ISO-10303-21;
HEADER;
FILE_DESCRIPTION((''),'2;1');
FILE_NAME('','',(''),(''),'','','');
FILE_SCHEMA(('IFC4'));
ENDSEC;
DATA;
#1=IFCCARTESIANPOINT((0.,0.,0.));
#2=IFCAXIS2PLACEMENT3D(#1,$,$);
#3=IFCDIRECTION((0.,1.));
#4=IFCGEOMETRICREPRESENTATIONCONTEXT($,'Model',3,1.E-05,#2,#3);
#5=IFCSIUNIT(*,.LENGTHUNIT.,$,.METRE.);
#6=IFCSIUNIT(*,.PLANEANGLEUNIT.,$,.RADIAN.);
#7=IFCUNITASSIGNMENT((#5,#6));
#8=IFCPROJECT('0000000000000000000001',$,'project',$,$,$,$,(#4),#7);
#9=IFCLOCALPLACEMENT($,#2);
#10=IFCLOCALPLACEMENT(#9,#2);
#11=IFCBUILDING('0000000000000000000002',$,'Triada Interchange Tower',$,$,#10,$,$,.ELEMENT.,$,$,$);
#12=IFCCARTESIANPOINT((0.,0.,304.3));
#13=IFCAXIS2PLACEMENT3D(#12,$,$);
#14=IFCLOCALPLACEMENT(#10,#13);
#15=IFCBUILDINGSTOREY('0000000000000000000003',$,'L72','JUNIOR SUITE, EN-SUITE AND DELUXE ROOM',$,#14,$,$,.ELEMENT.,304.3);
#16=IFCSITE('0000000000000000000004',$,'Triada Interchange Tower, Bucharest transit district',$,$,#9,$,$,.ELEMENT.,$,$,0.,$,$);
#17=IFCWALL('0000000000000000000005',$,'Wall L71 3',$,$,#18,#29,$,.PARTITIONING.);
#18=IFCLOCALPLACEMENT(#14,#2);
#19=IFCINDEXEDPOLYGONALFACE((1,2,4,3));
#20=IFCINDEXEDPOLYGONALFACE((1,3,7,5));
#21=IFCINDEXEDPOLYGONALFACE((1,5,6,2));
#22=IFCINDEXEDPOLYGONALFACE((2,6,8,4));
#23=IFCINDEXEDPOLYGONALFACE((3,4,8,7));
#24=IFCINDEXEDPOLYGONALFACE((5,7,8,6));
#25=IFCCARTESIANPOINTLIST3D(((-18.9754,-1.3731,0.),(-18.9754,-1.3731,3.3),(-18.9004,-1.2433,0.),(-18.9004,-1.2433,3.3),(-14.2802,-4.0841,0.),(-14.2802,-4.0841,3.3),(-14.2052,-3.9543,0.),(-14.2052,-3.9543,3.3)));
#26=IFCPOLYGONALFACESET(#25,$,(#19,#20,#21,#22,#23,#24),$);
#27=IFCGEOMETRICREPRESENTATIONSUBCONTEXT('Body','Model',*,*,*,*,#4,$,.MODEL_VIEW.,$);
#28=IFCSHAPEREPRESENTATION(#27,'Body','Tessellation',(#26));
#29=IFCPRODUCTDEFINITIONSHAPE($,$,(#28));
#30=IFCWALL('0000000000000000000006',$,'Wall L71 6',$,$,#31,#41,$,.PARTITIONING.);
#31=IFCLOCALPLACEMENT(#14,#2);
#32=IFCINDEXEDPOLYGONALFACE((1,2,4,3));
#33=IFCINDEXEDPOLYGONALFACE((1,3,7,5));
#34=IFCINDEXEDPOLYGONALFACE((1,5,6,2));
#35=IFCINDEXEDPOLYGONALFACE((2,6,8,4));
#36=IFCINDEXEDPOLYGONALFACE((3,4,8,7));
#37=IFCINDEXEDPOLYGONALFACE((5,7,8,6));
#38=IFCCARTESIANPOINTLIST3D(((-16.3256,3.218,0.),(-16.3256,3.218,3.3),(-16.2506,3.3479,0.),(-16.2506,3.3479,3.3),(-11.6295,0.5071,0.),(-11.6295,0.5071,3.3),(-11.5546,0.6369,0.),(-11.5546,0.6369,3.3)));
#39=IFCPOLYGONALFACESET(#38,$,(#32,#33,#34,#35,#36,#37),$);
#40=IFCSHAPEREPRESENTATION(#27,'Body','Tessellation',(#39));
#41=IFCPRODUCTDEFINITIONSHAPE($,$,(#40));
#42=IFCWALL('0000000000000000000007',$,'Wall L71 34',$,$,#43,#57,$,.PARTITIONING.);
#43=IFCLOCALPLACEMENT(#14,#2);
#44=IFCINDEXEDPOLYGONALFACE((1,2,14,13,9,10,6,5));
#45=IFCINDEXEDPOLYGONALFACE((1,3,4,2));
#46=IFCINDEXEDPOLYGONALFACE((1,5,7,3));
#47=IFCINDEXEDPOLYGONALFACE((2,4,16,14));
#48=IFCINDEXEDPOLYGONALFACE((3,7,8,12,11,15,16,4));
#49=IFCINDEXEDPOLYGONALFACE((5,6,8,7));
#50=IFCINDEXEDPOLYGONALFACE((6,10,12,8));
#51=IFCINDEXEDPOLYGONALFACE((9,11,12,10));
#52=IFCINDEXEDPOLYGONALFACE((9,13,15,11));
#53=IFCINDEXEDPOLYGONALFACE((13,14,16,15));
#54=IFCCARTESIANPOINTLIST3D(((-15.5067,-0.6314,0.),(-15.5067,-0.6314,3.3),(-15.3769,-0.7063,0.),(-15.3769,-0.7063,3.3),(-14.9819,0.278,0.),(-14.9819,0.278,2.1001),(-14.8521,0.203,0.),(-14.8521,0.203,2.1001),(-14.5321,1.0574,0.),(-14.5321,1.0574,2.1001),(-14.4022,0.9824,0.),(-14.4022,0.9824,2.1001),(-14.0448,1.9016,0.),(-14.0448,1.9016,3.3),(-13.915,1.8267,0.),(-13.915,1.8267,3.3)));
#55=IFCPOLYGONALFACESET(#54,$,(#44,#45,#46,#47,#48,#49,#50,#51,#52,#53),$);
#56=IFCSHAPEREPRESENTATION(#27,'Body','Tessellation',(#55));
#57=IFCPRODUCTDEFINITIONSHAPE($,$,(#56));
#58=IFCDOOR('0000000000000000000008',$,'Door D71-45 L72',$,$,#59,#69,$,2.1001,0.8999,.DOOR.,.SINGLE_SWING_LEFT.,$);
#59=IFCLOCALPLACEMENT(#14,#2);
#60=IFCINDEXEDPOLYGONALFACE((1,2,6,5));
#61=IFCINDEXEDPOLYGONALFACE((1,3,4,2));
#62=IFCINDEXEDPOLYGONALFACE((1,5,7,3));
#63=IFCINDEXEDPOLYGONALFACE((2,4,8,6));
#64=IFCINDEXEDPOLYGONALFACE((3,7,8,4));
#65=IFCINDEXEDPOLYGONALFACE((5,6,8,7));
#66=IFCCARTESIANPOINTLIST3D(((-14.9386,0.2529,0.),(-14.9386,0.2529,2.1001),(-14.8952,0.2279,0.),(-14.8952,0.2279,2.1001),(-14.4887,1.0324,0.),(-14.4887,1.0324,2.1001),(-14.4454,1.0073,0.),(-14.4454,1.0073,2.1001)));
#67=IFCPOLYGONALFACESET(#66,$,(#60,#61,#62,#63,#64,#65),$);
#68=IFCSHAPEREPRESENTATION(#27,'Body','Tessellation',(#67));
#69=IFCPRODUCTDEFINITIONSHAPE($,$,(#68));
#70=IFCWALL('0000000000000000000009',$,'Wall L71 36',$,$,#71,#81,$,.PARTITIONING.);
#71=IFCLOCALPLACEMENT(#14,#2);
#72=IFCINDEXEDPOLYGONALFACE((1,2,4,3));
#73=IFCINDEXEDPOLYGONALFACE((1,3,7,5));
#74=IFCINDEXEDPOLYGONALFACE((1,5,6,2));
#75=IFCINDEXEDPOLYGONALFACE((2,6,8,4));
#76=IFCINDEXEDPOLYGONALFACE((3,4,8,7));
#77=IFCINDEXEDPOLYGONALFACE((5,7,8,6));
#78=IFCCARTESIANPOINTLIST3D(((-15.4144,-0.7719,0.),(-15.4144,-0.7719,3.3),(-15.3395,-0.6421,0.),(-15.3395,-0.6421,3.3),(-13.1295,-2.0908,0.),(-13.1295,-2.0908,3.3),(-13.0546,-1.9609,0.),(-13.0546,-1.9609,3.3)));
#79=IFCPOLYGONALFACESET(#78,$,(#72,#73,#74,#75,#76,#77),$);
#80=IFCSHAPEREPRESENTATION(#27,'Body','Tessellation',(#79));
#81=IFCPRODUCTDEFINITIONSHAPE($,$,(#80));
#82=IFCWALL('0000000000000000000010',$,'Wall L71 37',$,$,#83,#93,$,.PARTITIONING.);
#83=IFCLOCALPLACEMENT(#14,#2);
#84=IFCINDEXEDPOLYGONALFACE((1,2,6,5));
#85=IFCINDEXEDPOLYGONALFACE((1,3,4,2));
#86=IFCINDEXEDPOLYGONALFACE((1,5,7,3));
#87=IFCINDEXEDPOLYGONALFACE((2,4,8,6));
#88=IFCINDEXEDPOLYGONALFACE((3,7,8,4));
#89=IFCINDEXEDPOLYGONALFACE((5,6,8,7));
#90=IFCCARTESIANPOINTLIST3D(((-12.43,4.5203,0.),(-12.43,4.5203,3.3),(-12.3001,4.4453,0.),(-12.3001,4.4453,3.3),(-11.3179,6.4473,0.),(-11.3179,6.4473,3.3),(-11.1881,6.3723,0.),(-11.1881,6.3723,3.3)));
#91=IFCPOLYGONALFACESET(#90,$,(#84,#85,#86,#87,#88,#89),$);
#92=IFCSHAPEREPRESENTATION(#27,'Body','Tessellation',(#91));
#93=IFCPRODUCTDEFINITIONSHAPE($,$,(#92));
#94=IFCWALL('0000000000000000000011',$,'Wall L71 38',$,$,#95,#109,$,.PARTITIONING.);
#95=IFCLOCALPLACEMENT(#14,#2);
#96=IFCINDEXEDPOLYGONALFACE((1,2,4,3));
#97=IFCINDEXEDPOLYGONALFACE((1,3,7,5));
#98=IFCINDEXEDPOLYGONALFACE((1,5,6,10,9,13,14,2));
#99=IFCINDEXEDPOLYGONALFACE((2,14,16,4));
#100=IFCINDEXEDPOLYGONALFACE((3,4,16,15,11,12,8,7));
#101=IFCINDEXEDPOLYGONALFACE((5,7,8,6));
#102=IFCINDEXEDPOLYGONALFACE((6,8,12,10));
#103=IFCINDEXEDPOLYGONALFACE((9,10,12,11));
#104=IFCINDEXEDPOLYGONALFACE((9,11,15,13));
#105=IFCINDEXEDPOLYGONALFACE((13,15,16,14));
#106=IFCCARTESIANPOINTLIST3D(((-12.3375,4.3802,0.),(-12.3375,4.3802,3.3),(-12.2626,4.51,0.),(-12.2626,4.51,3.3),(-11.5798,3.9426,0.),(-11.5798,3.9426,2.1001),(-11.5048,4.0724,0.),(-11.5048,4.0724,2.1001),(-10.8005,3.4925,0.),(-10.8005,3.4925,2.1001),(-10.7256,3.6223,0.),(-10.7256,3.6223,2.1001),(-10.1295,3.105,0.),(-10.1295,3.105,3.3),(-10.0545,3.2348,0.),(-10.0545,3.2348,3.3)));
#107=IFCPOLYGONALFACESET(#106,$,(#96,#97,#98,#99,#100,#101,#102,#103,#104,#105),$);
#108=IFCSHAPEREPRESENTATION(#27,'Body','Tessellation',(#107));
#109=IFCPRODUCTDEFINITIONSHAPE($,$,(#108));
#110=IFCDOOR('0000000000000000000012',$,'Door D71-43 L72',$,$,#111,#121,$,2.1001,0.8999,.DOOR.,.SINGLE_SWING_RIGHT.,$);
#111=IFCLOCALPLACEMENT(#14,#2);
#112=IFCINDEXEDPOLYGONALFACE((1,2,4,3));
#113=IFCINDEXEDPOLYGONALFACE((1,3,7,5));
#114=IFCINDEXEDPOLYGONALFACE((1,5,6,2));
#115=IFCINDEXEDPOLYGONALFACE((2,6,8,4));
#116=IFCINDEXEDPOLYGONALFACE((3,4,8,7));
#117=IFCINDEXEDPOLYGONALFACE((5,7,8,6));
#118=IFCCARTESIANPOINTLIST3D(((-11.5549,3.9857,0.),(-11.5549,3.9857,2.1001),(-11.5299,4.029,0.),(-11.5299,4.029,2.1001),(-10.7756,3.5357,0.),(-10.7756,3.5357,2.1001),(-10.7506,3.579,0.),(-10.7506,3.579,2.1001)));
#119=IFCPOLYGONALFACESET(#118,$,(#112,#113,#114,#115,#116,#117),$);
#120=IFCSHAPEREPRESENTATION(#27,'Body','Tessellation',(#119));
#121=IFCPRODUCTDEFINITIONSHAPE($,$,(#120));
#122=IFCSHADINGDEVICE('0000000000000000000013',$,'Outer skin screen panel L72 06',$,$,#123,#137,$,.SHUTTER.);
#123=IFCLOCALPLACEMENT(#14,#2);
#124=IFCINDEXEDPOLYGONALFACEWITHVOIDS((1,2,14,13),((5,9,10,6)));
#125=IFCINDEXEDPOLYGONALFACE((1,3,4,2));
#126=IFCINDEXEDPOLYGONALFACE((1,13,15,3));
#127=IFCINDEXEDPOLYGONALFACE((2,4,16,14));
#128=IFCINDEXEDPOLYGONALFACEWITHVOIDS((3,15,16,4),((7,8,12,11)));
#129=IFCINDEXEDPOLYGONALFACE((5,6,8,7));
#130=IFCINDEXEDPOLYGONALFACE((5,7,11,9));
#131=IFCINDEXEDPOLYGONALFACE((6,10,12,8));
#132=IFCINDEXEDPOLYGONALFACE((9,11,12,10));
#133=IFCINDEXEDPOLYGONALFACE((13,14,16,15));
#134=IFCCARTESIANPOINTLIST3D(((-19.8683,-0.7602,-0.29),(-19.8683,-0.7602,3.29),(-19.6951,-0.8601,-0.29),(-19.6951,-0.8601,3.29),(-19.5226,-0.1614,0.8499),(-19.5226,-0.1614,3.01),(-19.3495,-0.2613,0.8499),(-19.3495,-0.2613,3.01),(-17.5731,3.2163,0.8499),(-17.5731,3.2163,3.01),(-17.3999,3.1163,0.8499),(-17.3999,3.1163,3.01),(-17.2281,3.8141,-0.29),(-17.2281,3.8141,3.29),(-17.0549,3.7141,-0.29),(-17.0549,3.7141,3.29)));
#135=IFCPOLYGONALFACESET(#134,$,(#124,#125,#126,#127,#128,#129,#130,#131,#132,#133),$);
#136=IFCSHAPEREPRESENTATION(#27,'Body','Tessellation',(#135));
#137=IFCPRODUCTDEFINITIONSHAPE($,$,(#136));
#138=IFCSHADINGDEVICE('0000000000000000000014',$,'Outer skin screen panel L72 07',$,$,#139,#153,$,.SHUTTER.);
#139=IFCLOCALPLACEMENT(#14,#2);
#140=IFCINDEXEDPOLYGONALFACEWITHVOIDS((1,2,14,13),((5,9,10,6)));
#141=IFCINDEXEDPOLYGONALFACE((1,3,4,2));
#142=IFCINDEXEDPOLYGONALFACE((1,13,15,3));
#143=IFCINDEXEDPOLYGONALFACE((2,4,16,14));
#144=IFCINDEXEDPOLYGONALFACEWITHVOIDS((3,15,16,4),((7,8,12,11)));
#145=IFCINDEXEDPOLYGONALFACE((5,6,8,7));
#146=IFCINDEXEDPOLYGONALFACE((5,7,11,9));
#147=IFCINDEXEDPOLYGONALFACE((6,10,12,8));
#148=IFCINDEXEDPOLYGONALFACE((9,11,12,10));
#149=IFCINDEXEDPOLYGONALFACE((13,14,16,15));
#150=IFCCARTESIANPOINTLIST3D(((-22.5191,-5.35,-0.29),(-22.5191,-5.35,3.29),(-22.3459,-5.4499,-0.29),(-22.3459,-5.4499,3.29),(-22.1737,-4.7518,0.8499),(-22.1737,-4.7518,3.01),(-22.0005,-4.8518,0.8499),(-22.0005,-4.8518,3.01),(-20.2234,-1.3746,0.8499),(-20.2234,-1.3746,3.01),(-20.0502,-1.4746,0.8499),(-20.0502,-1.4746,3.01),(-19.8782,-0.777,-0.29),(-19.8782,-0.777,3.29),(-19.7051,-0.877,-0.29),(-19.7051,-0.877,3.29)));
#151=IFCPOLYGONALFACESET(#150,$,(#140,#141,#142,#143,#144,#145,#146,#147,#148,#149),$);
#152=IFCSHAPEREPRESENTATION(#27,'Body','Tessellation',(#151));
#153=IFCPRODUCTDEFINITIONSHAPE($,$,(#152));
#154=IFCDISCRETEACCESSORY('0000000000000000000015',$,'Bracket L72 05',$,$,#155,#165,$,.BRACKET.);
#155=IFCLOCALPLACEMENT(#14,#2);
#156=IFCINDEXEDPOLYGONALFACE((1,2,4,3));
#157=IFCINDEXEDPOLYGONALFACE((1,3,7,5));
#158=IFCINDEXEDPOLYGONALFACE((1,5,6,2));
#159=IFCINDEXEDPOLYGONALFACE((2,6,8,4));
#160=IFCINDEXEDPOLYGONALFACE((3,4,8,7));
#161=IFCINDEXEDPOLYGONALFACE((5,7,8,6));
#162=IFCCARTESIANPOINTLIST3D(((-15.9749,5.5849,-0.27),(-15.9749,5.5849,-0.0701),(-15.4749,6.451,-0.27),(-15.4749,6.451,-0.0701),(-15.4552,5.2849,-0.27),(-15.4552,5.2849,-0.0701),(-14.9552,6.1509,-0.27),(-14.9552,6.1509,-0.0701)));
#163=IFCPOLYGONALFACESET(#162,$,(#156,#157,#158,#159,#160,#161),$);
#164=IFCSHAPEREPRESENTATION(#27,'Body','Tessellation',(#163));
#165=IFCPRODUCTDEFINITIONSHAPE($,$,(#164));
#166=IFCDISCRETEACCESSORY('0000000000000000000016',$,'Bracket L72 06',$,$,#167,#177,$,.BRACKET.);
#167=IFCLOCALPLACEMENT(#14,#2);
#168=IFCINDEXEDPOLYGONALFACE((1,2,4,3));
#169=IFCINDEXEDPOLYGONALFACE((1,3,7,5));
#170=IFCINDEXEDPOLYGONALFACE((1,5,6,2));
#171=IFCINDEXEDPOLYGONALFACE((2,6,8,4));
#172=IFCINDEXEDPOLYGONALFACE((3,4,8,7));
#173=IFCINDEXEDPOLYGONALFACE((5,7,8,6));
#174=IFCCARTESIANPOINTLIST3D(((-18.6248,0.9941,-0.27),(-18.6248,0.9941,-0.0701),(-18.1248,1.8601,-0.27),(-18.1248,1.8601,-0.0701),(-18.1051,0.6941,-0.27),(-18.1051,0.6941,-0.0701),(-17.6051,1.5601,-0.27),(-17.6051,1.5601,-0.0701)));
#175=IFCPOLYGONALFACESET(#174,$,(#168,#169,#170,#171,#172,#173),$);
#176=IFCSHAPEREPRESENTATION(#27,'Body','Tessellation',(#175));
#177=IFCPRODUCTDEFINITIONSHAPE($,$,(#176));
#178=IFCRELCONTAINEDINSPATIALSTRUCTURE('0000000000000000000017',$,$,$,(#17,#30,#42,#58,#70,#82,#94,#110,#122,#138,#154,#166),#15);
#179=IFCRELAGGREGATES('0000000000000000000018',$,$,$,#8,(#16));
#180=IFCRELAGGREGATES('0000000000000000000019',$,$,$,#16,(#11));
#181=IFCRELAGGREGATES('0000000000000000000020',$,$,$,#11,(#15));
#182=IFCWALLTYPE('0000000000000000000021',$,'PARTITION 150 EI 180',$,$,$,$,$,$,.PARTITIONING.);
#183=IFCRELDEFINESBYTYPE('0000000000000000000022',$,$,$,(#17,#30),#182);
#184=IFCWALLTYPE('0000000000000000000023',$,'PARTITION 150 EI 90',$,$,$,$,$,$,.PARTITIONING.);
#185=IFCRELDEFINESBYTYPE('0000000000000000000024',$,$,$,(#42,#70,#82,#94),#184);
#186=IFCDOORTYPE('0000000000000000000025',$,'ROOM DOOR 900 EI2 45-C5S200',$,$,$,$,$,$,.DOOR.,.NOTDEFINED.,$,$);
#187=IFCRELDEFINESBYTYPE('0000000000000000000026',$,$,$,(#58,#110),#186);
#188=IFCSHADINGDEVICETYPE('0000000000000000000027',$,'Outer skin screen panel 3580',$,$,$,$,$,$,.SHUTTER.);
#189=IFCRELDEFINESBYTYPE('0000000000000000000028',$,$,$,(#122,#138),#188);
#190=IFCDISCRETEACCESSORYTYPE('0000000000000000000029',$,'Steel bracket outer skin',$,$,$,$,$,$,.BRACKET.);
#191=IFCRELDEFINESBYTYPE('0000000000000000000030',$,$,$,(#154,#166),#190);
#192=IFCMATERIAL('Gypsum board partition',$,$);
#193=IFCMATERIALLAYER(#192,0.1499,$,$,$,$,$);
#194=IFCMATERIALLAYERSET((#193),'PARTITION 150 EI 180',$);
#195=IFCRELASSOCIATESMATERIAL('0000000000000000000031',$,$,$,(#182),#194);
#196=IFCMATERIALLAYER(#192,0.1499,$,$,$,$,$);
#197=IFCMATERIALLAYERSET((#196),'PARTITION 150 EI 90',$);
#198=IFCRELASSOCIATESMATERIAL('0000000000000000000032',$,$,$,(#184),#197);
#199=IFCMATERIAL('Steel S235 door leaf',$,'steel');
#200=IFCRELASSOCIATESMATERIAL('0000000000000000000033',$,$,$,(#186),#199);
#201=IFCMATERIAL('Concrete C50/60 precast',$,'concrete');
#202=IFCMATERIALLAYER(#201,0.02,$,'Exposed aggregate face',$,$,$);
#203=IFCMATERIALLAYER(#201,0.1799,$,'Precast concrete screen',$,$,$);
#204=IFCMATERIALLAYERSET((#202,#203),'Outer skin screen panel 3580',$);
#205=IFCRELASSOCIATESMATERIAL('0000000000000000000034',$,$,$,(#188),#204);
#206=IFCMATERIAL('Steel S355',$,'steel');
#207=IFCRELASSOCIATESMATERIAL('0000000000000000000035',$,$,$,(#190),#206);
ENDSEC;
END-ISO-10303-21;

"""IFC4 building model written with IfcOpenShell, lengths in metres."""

from ifc_helpers import new_model, si_unit, direction, frame, frame_2d, origin, origin_2d, place, context, subcontext, project, spatial, polyline, rectangle, outline, extrude, material, layer, layer_set, type_object, element, fill, save


model = new_model("IFC4")

# Units and contexts
model_context = context("Model", 3, precision=1e-05, world=origin(), true_north=direction((0.0, 1.0)))
body_context = subcontext(model_context, "Body", "Model", "MODEL_VIEW")
ifc_project = project(units=[si_unit("LENGTHUNIT", "METRE"), si_unit("PLANEANGLEUNIT", "RADIAN")], contexts=[model_context])

# Site, building, storey
site_placement = place(None, origin())
site = spatial("IfcSite", under=ifc_project, at=site_placement, Name="Triada Interchange Tower, Bucharest transit district", CompositionType="ELEMENT", RefElevation=0.0)
building_placement = place(site_placement, origin())
building = spatial("IfcBuilding", under=site, at=building_placement, Name="Triada Interchange Tower", CompositionType="ELEMENT")
storey_placement = place(building_placement, frame((0.0, 0.0, 304.3)))
storey = spatial("IfcBuildingStorey", under=building, at=storey_placement, Name="L72", Description="JUNIOR SUITE, EN-SUITE AND DELUXE ROOM", CompositionType="ELEMENT", Elevation=304.3)

# Shared definitions
ifc_material_1 = material(Name="Steel S235 door leaf", Category="steel")

# Walls
ifc_material_2 = material(Name="Gypsum board partition")
ifc_layer_1 = layer(ifc_material_2, 0.1499)
ifc_layer_set_1 = layer_set([ifc_layer_1], Name="PARTITION 150 EI 180")
wall_type_1 = type_object("IfcWallType", Name="PARTITION 150 EI 180", PredefinedType="PARTITIONING", material=ifc_layer_set_1)
wall_1_placement = place(storey_placement, frame((-18.938, -1.3081, 0.0), z_axis=(0.0, 0.0, 1.0), x_axis=(0.866006, -0.500033, 0.0)))
element("IfcWall", 1, at=wall_1_placement, inside=storey, type_object=wall_type_1, Name="Wall L71 3", PredefinedType="PARTITIONING", context=body_context, shape_type="SweptSolid", body=[
    extrude(rectangle(XDim=5.4216, YDim=0.1499, at=frame_2d((2.7109, 0.0))), origin(), (0.0, 0.0, 1.0), 3.3),
])
wall_2_placement = place(storey_placement, frame((-16.2881, 3.283, 0.0), z_axis=(0.0, 0.0, 1.0), x_axis=(0.866051, -0.499955, 0.0)))
element("IfcWall", 2, at=wall_2_placement, inside=storey, type_object=wall_type_1, Name="Wall L71 6", PredefinedType="PARTITIONING", context=body_context, shape_type="SweptSolid", body=[
    extrude(rectangle(XDim=5.4224, YDim=0.1499, at=frame_2d((2.7112, 0.0))), origin(), (0.0, 0.0, 1.0), 3.3),
])

# Wall, opening, door
ifc_layer_2 = layer(ifc_material_2, 0.1499)
ifc_layer_set_2 = layer_set([ifc_layer_2], Name="PARTITION 150 EI 90")
wall_type_2 = type_object("IfcWallType", Name="PARTITION 150 EI 90", PredefinedType="PARTITIONING", material=ifc_layer_set_2)
wall_3_placement = place(storey_placement, frame((-15.4419, -0.6689, 0.0), z_axis=(0.0, 0.0, 1.0), x_axis=(0.499874, 0.866098, 0.0)))
wall_3 = element("IfcWall", 3, at=wall_3_placement, inside=storey, type_object=wall_type_2, Name="Wall L71 34", PredefinedType="PARTITIONING", context=body_context, shape_type="SweptSolid", body=[
    extrude(rectangle(XDim=2.9246, YDim=0.1499, at=frame_2d((1.4624, 0.0))), origin(), (0.0, 0.0, 1.0), 3.3),
])
opening_1_placement = place(wall_3_placement, frame((1.05, 0.0, 0.0)))
opening_1 = element("IfcOpeningElement", 4, at=opening_1_placement, cuts=wall_3, PredefinedType="OPENING", context=body_context, shape_type="SweptSolid", body=[
    extrude(rectangle(XDim=0.8999, YDim=2.1001, at=frame_2d((0.45, 1.05))), frame((0.0, 0.085, 0.0), z_axis=(0.0, -1.0, 0.0), x_axis=(1.0, 0.0, 0.0)), (0.0, 0.0, 1.0), 0.1699),
])
door_type_1 = type_object("IfcDoorType", Name="ROOM DOOR 900 EI2 45-C5S200", OperationType="NOTDEFINED", PredefinedType="DOOR", material=ifc_material_1)
door_1_placement = place(opening_1_placement, origin())
door_1 = element("IfcDoor", 5, at=door_1_placement, inside=storey, type_object=door_type_1, Name="Door D71-45 L72", OperationType="SINGLE_SWING_LEFT", OverallHeight=2.1001, OverallWidth=0.8999, PredefinedType="DOOR", context=body_context, shape_type="SweptSolid", body=[
    extrude(rectangle(XDim=0.8999, YDim=2.1001, at=frame_2d((0.45, 1.05))), frame((0.0, 0.0249, 0.0), z_axis=(0.0, -1.0, 0.0), x_axis=(1.0, 0.0, 0.0)), (0.0, 0.0, 1.0), 0.05),
])
fill(opening_1, door_1)

# Walls
wall_4_placement = place(storey_placement, frame((-15.377, -0.707, 0.0), z_axis=(0.0, 0.0, 1.0), x_axis=(0.866082, -0.499901, 0.0)))
element("IfcWall", 6, at=wall_4_placement, inside=storey, type_object=wall_type_2, Name="Wall L71 36", PredefinedType="PARTITIONING", context=body_context, shape_type="SweptSolid", body=[
    extrude(rectangle(XDim=2.6382, YDim=0.1499, at=frame_2d((1.3191, 0.0))), origin(), (0.0, 0.0, 1.0), 3.3),
])
wall_5_placement = place(storey_placement, frame((-12.365, 4.4829, 0.0), z_axis=(0.0, 0.0, 1.0), x_axis=(0.499833, 0.866122, 0.0)))
element("IfcWall", 7, at=wall_5_placement, inside=storey, type_object=wall_type_2, Name="Wall L71 37", PredefinedType="PARTITIONING", context=body_context, shape_type="SweptSolid", body=[
    extrude(rectangle(XDim=2.2249, YDim=0.1499, at=frame_2d((1.1123, 0.0))), origin(), (0.0, 0.0, 1.0), 3.3),
])

# Wall, opening, door
wall_6_placement = place(storey_placement, frame((-12.3, 4.4451, 0.0), z_axis=(0.0, 0.0, 1.0), x_axis=(0.865966, -0.500104, 0.0)))
wall_6 = element("IfcWall", 8, at=wall_6_placement, inside=storey, type_object=wall_type_2, Name="Wall L71 38", PredefinedType="PARTITIONING", context=body_context, shape_type="SweptSolid", body=[
    extrude(rectangle(XDim=2.5498, YDim=0.1499, at=frame_2d((1.2749, 0.0))), origin(), (0.0, 0.0, 1.0), 3.3),
])
opening_2_placement = place(wall_6_placement, frame((0.875, 0.0, 0.0)))
opening_2 = element("IfcOpeningElement", 9, at=opening_2_placement, cuts=wall_6, PredefinedType="OPENING", context=body_context, shape_type="SweptSolid", body=[
    extrude(rectangle(XDim=0.8999, YDim=2.1001, at=frame_2d((0.45, 1.05))), frame((0.0, 0.085, 0.0), z_axis=(0.0, -1.0, 0.0), x_axis=(1.0, 0.0, 0.0)), (0.0, 0.0, 1.0), 0.1699),
])
door_2_placement = place(opening_2_placement, origin())
door_2 = element("IfcDoor", 10, at=door_2_placement, inside=storey, type_object=door_type_1, Name="Door D71-43 L72", OperationType="SINGLE_SWING_RIGHT", OverallHeight=2.1001, OverallWidth=0.8999, PredefinedType="DOOR", context=body_context, shape_type="SweptSolid", body=[
    extrude(rectangle(XDim=0.8999, YDim=2.1001, at=frame_2d((0.45, 1.05))), frame((0.0, 0.0249, 0.0), z_axis=(0.0, -1.0, 0.0), x_axis=(1.0, 0.0, 0.0)), (0.0, 0.0, 1.0), 0.05),
])
fill(opening_2, door_2)

# Shading devices
ifc_material_3 = material(Name="Concrete C50/60 precast", Category="concrete")
ifc_layer_3 = layer(ifc_material_3, 0.02, Name="Exposed aggregate face")
ifc_layer_4 = layer(ifc_material_3, 0.1799, Name="Precast concrete screen")
ifc_layer_set_3 = layer_set([ifc_layer_3, ifc_layer_4], Name="Outer skin screen panel 3580")
shading_device_type = type_object("IfcShadingDeviceType", Name="Outer skin screen panel 3580", PredefinedType="SHUTTER", material=ifc_layer_set_3)
shading_device_1_placement = place(storey_placement, frame((-17.0549, 3.7141, -0.29), z_axis=(0.0, 0.0, 1.0), x_axis=(-0.499888, -0.86609, 0.0)))
element("IfcShadingDevice", 11, at=shading_device_1_placement, inside=storey, type_object=shading_device_type, Name="Outer skin screen panel L72 06", PredefinedType="SHUTTER", context=body_context, shape_type="SweptSolid", body=[
    extrude(outline(polyline([(0.0, 0.0), (5.2815, 0.0), (5.2815, 3.5801), (0.0, 3.5801), (0.0, 0.0)]), holes=[polyline([(0.6902, 1.1399), (0.6902, 3.3), (4.5901, 3.3), (4.5901, 1.1399), (0.6902, 1.1399)])]), frame((0.0, 0.0, 0.0), z_axis=(0.0, -1.0, 0.0), x_axis=(1.0, 0.0, 0.0)), (0.0, 0.0, 1.0), 0.2),
])
shading_device_2_placement = place(storey_placement, frame((-19.7051, -0.877, -0.29), z_axis=(0.0, 0.0, 1.0), x_axis=(-0.500092, -0.865972, 0.0)))
element("IfcShadingDevice", 12, at=shading_device_2_placement, inside=storey, type_object=shading_device_type, Name="Outer skin screen panel L72 07", PredefinedType="SHUTTER", context=body_context, shape_type="SweptSolid", body=[
    extrude(outline(polyline([(0.0, 0.0), (5.2808, 0.0), (5.2808, 3.5801), (0.0, 3.5801), (0.0, 0.0)]), holes=[polyline([(0.6902, 1.1399), (0.6902, 3.3), (4.5901, 3.3), (4.5901, 1.1399), (0.6902, 1.1399)])]), frame((0.0, 0.0, 0.0), z_axis=(0.0, -1.0, 0.0), x_axis=(1.0, 0.0, 0.0)), (0.0, 0.0, 1.0), 0.2),
])

# Discrete accessories
ifc_material_4 = material(Name="Steel S355", Category="steel")
discrete_accessory_type = type_object("IfcDiscreteAccessoryType", Name="Steel bracket outer skin", PredefinedType="BRACKET", material=ifc_material_4)
for number, where, z_axis, x_axis, name in (
    (13, (-15.4651, 5.8679, -0.27), (0.0, 0.0, 1.0), (-0.866027, 0.499997, 0.0), "Bracket L72 05"),
    (14, (-18.115, 1.2771, -0.27), (0.0, 0.0, 1.0), (-0.866027, 0.499997, 0.0), "Bracket L72 06"),
):
    element("IfcDiscreteAccessory", number, at=place(storey_placement, frame(where, z_axis=z_axis, x_axis=x_axis)), inside=storey, type_object=discrete_accessory_type, Name=name, PredefinedType="BRACKET", context=body_context, shape_type="SweptSolid", body=[
        extrude(rectangle(XDim=0.6001, YDim=1.0, at=origin_2d()), origin(), (0.0, 0.0, 1.0), 0.2),
    ])

save(model, "model.ifc")
